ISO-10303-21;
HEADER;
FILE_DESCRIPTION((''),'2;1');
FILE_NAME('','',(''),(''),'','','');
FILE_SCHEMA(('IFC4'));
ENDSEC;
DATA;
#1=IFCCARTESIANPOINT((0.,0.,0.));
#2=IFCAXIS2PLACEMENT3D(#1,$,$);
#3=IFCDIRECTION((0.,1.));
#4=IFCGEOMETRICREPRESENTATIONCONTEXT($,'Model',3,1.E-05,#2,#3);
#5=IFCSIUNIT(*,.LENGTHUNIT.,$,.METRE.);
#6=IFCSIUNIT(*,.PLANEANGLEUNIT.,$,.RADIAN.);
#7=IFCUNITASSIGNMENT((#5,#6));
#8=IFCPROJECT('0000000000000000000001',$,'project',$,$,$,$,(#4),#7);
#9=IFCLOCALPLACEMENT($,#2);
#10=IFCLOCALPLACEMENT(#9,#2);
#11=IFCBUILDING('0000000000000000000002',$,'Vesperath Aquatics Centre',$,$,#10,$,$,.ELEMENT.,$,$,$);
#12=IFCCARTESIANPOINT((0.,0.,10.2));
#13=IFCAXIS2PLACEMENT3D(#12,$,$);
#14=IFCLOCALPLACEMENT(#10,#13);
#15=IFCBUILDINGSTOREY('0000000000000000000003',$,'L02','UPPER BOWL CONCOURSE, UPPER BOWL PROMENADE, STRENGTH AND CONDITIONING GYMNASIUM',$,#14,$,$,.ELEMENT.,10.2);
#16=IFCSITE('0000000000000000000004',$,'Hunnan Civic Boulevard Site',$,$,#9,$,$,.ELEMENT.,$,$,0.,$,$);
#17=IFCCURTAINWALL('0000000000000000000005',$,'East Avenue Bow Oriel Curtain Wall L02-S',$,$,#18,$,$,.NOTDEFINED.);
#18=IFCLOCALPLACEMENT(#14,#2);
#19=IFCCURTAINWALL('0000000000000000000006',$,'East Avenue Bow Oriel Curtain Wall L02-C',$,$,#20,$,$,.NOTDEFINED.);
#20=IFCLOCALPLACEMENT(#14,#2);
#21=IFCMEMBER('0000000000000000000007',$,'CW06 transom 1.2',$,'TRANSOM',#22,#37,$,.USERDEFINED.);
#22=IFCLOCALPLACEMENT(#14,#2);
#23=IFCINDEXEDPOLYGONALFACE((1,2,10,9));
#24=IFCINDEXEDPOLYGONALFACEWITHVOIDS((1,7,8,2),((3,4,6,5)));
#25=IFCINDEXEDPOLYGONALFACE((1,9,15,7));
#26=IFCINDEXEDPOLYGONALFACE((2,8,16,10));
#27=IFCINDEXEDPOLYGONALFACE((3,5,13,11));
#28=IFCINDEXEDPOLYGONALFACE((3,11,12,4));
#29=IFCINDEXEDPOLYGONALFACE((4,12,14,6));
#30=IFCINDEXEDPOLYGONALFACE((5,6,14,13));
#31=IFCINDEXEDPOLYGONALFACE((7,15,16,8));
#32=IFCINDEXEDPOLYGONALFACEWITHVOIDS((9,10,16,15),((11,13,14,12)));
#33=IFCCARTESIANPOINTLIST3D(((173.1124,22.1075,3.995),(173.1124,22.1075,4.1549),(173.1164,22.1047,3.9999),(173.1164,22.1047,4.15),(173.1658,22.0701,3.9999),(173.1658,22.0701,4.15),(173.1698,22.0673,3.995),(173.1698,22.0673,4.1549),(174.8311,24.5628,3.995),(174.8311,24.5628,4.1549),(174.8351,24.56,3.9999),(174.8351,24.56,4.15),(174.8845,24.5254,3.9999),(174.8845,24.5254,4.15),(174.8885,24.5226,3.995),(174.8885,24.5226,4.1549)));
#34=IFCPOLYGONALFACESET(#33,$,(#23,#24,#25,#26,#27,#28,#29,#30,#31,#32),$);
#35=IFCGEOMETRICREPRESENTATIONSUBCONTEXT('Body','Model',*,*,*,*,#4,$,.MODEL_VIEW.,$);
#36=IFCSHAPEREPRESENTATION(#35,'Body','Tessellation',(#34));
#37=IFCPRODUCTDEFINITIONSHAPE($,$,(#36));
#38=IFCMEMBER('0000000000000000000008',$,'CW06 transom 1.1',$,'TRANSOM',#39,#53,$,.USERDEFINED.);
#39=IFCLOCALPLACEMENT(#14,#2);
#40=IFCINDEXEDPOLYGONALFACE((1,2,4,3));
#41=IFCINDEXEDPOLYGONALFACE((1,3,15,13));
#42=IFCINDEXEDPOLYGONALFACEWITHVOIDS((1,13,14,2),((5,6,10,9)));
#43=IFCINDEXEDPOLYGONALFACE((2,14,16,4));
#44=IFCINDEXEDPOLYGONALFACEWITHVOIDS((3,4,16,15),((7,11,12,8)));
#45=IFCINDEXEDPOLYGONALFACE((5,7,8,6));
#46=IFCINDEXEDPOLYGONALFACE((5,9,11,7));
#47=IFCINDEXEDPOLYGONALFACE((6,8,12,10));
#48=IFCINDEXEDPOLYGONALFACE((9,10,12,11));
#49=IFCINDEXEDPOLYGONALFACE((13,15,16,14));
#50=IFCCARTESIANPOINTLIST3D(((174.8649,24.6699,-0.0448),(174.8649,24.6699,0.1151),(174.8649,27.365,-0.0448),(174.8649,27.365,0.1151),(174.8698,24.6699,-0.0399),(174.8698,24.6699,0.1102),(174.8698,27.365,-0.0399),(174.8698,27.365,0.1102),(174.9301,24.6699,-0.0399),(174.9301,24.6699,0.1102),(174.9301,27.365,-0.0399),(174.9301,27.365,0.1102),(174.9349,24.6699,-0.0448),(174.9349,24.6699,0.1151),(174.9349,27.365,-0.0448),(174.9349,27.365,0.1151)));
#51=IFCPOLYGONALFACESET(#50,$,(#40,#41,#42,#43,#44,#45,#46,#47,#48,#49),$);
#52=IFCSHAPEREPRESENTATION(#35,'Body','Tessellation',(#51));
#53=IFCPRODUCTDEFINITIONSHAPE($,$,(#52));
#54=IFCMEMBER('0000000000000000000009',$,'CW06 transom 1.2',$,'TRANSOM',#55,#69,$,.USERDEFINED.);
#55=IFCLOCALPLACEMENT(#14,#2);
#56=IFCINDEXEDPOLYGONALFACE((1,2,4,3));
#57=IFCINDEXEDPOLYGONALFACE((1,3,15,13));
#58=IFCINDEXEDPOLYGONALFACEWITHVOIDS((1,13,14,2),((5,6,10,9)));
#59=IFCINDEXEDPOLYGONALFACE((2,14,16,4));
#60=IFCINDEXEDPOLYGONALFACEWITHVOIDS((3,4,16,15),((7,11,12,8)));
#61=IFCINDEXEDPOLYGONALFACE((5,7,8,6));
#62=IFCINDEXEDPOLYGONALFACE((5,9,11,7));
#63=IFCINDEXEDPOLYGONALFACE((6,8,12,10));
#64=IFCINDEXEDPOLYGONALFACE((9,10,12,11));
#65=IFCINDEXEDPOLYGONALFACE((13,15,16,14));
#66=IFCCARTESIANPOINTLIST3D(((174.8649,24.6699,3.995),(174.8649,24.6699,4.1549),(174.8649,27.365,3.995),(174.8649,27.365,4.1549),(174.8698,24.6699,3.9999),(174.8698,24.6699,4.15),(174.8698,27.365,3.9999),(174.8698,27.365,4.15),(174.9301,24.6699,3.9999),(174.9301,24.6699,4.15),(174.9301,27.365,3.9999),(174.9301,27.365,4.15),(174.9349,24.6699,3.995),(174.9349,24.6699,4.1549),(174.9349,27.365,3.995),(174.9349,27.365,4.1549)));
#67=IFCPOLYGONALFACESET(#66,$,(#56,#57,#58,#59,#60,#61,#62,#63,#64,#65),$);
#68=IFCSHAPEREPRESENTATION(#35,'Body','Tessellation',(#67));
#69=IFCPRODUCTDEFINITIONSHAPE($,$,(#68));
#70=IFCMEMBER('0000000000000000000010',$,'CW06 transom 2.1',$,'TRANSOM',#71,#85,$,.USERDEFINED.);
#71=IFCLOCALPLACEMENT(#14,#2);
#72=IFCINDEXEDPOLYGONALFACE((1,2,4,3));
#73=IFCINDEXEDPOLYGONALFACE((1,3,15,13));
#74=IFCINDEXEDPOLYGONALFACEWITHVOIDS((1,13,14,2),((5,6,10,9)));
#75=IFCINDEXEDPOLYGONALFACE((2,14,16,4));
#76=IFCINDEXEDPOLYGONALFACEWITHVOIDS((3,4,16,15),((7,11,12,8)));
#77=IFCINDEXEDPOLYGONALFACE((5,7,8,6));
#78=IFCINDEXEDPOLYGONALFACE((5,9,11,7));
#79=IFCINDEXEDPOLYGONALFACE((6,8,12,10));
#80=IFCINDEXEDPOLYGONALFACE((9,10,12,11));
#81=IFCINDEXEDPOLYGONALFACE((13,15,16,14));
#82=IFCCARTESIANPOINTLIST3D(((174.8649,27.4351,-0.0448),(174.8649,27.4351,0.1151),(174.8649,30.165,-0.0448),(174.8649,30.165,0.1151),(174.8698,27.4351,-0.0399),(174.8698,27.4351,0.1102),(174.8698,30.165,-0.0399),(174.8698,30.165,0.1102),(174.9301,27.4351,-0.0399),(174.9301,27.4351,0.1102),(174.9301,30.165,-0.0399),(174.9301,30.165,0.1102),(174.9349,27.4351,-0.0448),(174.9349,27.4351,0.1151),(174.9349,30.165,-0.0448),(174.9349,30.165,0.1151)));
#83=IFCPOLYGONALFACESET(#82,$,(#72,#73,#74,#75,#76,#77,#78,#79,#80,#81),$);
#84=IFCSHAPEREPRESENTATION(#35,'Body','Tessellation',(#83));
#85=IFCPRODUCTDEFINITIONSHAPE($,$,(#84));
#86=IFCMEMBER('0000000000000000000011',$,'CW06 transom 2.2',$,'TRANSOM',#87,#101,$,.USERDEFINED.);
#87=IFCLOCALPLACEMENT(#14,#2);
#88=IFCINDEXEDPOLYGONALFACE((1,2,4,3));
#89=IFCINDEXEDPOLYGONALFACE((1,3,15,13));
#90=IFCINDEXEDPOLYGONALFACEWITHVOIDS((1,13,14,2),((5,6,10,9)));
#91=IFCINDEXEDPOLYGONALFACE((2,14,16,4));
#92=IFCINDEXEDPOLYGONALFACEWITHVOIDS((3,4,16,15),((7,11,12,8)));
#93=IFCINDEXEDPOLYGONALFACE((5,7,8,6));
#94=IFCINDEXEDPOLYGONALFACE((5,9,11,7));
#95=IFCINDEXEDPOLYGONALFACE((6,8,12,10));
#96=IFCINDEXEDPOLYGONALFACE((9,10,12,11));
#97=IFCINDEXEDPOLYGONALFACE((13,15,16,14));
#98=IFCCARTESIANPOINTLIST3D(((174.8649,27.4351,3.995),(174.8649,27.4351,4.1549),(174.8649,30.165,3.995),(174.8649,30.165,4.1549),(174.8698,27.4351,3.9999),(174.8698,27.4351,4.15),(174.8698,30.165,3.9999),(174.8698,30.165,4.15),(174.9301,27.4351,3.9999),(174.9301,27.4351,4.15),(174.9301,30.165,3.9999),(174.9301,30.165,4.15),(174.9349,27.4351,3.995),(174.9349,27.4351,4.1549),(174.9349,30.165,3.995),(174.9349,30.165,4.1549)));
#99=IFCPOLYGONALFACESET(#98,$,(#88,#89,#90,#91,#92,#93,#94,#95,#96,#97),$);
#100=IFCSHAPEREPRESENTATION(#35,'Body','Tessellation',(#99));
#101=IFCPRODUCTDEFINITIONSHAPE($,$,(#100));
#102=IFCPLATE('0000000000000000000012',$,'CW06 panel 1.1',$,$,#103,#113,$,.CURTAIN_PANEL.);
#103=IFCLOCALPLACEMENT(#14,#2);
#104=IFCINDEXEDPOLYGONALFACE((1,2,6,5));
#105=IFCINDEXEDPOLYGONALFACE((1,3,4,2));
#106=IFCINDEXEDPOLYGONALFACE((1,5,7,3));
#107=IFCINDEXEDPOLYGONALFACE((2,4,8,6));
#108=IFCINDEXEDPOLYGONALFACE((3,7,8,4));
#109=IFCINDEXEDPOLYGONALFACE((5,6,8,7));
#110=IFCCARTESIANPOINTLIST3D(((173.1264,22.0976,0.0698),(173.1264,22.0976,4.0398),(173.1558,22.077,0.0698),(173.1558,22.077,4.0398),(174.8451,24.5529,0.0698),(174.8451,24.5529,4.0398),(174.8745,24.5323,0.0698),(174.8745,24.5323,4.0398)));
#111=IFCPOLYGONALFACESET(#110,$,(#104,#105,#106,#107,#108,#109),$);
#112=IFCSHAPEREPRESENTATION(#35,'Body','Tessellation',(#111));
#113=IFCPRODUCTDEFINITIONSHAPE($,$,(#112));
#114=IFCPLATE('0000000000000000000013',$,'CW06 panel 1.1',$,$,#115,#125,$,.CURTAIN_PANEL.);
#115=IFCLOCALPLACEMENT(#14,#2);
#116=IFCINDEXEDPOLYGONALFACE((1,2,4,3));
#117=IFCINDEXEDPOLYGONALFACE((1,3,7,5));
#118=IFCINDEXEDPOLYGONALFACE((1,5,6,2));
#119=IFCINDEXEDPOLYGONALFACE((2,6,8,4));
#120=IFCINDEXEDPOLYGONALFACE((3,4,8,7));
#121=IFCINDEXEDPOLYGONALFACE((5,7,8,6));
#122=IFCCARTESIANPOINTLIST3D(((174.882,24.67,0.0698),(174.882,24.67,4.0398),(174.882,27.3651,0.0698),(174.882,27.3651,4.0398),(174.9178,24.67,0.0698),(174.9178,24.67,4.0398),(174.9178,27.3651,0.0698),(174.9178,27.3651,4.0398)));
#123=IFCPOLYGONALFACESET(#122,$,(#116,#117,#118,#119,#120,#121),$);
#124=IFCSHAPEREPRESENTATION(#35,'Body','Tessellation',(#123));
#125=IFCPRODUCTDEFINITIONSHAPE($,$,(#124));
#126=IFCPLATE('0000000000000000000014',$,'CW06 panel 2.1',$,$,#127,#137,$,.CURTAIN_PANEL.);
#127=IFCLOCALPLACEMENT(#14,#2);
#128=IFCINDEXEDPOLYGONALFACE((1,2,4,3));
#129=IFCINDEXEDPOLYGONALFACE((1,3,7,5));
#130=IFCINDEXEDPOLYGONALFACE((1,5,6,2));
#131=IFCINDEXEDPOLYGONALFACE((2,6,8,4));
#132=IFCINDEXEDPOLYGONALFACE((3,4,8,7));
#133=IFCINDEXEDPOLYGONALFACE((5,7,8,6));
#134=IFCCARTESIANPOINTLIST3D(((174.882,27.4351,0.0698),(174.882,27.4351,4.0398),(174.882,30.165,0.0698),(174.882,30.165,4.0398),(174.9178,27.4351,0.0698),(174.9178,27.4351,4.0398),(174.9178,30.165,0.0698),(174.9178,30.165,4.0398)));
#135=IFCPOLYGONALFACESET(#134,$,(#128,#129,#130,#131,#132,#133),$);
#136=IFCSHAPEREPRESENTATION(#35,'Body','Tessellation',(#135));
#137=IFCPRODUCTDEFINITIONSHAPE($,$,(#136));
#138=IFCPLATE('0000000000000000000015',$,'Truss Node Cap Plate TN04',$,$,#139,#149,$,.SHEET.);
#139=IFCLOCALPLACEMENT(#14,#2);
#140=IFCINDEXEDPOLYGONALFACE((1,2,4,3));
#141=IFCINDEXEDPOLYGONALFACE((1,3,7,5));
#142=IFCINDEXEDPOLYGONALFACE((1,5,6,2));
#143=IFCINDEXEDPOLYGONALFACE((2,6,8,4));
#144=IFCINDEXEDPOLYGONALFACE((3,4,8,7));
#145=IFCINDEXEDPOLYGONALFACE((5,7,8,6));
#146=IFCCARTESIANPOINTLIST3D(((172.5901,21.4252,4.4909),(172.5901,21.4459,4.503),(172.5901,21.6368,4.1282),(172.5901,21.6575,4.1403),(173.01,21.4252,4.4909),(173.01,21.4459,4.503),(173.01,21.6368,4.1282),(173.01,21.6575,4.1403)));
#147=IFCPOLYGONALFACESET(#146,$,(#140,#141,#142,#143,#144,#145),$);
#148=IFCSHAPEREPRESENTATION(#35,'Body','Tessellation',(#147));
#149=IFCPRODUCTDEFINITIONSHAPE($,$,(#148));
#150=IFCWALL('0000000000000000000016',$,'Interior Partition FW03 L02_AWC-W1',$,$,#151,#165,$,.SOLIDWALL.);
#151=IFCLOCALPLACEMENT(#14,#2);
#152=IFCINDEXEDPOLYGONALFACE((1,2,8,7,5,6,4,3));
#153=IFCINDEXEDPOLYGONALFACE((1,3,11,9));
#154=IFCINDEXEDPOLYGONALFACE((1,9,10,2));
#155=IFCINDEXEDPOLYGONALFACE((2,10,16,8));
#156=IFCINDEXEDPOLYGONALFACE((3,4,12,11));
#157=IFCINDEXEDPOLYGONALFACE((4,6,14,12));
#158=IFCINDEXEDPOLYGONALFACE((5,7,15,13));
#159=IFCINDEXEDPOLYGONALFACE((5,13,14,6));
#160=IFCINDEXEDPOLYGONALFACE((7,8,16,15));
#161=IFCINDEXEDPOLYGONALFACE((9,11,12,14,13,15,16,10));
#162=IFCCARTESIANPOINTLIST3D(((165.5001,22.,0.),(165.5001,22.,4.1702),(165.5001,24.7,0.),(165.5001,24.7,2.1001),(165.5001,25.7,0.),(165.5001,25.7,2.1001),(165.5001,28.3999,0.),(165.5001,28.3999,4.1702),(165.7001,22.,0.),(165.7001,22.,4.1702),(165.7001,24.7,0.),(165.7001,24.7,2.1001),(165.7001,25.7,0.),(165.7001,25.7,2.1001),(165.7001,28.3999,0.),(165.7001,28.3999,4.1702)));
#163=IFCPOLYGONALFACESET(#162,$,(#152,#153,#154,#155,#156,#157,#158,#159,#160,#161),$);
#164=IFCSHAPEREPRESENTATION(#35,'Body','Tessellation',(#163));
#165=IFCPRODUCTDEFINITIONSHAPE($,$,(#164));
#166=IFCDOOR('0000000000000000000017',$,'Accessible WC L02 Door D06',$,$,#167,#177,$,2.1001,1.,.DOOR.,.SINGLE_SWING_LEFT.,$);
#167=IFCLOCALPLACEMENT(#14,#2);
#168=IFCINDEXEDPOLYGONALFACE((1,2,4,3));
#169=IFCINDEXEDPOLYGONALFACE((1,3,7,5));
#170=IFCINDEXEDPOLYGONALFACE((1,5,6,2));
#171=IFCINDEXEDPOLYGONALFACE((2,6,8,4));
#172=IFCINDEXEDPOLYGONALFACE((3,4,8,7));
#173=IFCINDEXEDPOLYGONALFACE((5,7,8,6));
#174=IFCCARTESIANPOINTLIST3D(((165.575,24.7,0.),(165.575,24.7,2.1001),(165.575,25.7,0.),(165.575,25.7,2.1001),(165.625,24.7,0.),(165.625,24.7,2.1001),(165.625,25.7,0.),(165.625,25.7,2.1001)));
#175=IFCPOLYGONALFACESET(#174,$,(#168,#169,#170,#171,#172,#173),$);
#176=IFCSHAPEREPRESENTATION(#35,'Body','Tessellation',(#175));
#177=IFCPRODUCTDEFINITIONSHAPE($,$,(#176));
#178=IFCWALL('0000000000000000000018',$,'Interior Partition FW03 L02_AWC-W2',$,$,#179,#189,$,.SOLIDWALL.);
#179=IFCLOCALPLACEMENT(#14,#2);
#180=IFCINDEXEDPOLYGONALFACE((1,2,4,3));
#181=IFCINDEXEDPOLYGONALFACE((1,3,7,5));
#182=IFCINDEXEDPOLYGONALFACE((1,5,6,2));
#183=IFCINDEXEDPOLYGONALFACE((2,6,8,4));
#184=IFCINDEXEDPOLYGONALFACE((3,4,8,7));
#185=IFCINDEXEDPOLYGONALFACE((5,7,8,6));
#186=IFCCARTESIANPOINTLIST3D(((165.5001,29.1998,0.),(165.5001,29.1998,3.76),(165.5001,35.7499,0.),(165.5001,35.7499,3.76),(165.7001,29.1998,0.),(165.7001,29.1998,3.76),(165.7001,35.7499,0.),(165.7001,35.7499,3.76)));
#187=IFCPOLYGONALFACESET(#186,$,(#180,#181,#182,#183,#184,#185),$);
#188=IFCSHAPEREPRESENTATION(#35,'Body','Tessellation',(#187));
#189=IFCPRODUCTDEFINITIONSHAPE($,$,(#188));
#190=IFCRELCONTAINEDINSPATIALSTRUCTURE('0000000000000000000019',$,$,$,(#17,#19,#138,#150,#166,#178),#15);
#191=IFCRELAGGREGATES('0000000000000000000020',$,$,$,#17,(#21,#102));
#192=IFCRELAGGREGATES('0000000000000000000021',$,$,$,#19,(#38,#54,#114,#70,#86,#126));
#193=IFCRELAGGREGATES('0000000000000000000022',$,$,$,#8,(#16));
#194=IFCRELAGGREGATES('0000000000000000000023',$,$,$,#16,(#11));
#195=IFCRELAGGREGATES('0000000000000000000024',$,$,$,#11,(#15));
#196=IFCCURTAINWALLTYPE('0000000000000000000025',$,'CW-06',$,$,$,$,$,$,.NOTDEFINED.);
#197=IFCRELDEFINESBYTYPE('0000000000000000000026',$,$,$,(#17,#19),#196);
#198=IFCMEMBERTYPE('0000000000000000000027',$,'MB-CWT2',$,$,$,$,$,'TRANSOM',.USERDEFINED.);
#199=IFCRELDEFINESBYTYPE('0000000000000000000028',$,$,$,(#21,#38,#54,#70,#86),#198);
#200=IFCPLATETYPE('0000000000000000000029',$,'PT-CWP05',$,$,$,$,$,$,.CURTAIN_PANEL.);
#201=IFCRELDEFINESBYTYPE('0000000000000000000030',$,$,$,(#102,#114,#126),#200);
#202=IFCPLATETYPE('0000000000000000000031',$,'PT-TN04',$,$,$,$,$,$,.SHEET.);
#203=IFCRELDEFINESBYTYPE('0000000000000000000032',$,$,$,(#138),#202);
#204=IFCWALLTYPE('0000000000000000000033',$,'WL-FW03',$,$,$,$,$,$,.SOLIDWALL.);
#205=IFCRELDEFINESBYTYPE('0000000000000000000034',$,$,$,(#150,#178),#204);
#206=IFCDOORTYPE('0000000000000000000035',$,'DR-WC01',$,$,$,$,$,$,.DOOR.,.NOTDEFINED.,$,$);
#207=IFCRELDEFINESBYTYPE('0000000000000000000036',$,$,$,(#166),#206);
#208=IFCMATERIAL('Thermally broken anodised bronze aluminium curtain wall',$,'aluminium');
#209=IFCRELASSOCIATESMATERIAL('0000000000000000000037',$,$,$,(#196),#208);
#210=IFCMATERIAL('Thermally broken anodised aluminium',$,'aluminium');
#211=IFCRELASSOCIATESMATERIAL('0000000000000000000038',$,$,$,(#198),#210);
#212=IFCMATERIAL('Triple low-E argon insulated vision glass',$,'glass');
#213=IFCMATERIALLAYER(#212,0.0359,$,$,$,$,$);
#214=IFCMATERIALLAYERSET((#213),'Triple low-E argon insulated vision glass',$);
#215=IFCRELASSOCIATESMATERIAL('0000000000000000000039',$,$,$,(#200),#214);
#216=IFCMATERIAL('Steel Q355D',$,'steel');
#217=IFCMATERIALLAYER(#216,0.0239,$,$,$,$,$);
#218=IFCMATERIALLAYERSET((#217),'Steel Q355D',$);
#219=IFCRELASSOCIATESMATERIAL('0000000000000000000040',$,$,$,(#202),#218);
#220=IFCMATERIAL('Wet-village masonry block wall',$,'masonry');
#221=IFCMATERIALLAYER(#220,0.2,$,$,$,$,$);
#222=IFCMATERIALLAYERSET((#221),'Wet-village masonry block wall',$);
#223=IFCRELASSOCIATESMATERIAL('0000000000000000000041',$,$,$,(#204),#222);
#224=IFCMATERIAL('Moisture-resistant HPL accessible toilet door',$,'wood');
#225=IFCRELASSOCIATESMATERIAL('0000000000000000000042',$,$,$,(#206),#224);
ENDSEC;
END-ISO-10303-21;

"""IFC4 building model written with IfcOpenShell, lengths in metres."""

from ifc_helpers import new_model, si_unit, direction, frame, frame_2d, origin, origin_2d, place, context, subcontext, project, spatial, rectangle, hollow_rectangle, extrude, material, layer, layer_set, material_profile, profile_set, type_object, element, fill, aggregate, save


model = new_model("IFC4")

# Units and contexts
model_context = context("Model", 3, precision=1e-05, world=origin(), true_north=direction((0.0, 1.0)))
body_context = subcontext(model_context, "Body", "Model", "MODEL_VIEW")
ifc_project = project(units=[si_unit("LENGTHUNIT", "METRE"), si_unit("PLANEANGLEUNIT", "RADIAN")], contexts=[model_context])

# Site, building, storey
site_placement = place(None, origin())
site = spatial("IfcSite", under=ifc_project, at=site_placement, Name="Hunnan Civic Boulevard Site", CompositionType="ELEMENT", RefElevation=0.0)
building_placement = place(site_placement, origin())
building = spatial("IfcBuilding", under=site, at=building_placement, Name="Vesperath Aquatics Centre", CompositionType="ELEMENT")
storey_placement = place(building_placement, frame((0.0, 0.0, 10.2)))
storey = spatial("IfcBuildingStorey", under=building, at=storey_placement, Name="L02", Description="UPPER BOWL CONCOURSE, UPPER BOWL PROMENADE, STRENGTH AND CONDITIONING GYMNASIUM", CompositionType="ELEMENT", Elevation=10.2)

# Shared definitions
ifc_material_1 = material(Name="Steel Q355D", Category="steel")

# Curtain walls
ifc_material_2 = material(Name="Thermally broken anodised bronze aluminium curtain wall", Category="aluminium")
curtain_wall_type = type_object("IfcCurtainWallType", Name="CW-06", PredefinedType="NOTDEFINED", material=ifc_material_2)
curtain_wall_1_placement = place(storey_placement, origin())
curtain_wall_1 = element("IfcCurtainWall", 1, at=curtain_wall_1_placement, inside=storey, type_object=curtain_wall_type, Name="East Avenue Bow Oriel Curtain Wall L02-S", PredefinedType="NOTDEFINED")
ifc_material_3 = material(Name="Thermally broken anodised aluminium", Category="aluminium")
curtain_wall_2_placement = place(storey_placement, origin())
curtain_wall_2 = element("IfcCurtainWall", 2, at=curtain_wall_2_placement, inside=storey, type_object=curtain_wall_type, Name="East Avenue Bow Oriel Curtain Wall L02-C", PredefinedType="NOTDEFINED")

# Members
ifc_material_profile_1 = material_profile(ifc_material_3, hollow_rectangle(XDim=0.0701, YDim=0.1599, WallThickness=0.0049, at=origin_2d()), Name="CWT 70x160x5")
ifc_profile_set_1 = profile_set([ifc_material_profile_1], Name="Thermally broken anodised aluminium")
member_type_1 = type_object("IfcMemberType", Name="MB-CWT2", ElementType="TRANSOM", PredefinedType="USERDEFINED", material=ifc_profile_set_1)
member_1_placement = place(storey_placement, frame((173.1411, 22.0874, 4.075), z_axis=(0.573468, 0.819228, 0.0), x_axis=(-0.819228, 0.573468, 0.0)))
member_1 = element("IfcMember", 3, at=member_1_placement, type_object=member_type_1, Name="CW06 transom 1.2", ObjectType="TRANSOM", PredefinedType="USERDEFINED", context=body_context, shape_type="SweptSolid", body=[
    extrude(hollow_rectangle(XDim=0.0701, YDim=0.1599, WallThickness=0.0049, at=origin_2d()), origin(), (0.0, 0.0, 1.0), 2.9971),
])
member_2_placement = place(storey_placement, frame((174.8999, 24.6699, 0.0352), z_axis=(0.0, 1.0, 0.0), x_axis=(-1.0, 0.0, 0.0)))
member_2 = element("IfcMember", 4, at=member_2_placement, type_object=member_type_1, Name="CW06 transom 1.1", ObjectType="TRANSOM", PredefinedType="USERDEFINED", context=body_context, shape_type="SweptSolid", body=[
    extrude(hollow_rectangle(XDim=0.0701, YDim=0.1599, WallThickness=0.0049, at=origin_2d()), origin(), (0.0, 0.0, 1.0), 2.6951),
])
member_3_placement = place(storey_placement, frame((174.8999, 24.6699, 4.075), z_axis=(0.0, 1.0, 0.0), x_axis=(-1.0, 0.0, 0.0)))
member_3 = element("IfcMember", 5, at=member_3_placement, type_object=member_type_1, Name="CW06 transom 1.2", ObjectType="TRANSOM", PredefinedType="USERDEFINED", context=body_context, shape_type="SweptSolid", body=[
    extrude(hollow_rectangle(XDim=0.0701, YDim=0.1599, WallThickness=0.0049, at=origin_2d()), origin(), (0.0, 0.0, 1.0), 2.6951),
])
member_4_placement = place(storey_placement, frame((174.8999, 27.4351, 0.0352), z_axis=(0.0, 1.0, 0.0), x_axis=(-1.0, 0.0, 0.0)))
member_4 = element("IfcMember", 6, at=member_4_placement, type_object=member_type_1, Name="CW06 transom 2.1", ObjectType="TRANSOM", PredefinedType="USERDEFINED", context=body_context, shape_type="SweptSolid", body=[
    extrude(hollow_rectangle(XDim=0.0701, YDim=0.1599, WallThickness=0.0049, at=origin_2d()), origin(), (0.0, 0.0, 1.0), 2.73),
])
member_5_placement = place(storey_placement, frame((174.8999, 27.4351, 4.075), z_axis=(0.0, 1.0, 0.0), x_axis=(-1.0, 0.0, 0.0)))
member_5 = element("IfcMember", 7, at=member_5_placement, type_object=member_type_1, Name="CW06 transom 2.2", ObjectType="TRANSOM", PredefinedType="USERDEFINED", context=body_context, shape_type="SweptSolid", body=[
    extrude(hollow_rectangle(XDim=0.0701, YDim=0.1599, WallThickness=0.0049, at=origin_2d()), origin(), (0.0, 0.0, 1.0), 2.73),
])

# Plates
ifc_material_4 = material(Name="Triple low-E argon insulated vision glass", Category="glass")
ifc_layer_1 = layer(ifc_material_4, 0.0359)
ifc_layer_set_1 = layer_set([ifc_layer_1], Name="Triple low-E argon insulated vision glass")
plate_type_1 = type_object("IfcPlateType", Name="PT-CWP05", PredefinedType="CURTAIN_PANEL", material=ifc_layer_set_1)
plate_1_placement = place(storey_placement, frame((174.0005, 23.3149, 0.0698), z_axis=(0.0, 0.0, 1.0), x_axis=(0.573462, 0.819232, 0.0)))
plate_1 = element("IfcPlate", 8, at=plate_1_placement, type_object=plate_type_1, Name="CW06 panel 1.1", PredefinedType="CURTAIN_PANEL", context=body_context, shape_type="SweptSolid", body=[
    extrude(rectangle(XDim=2.9971, YDim=0.0359, at=origin_2d()), origin(), (0.0, 0.0, 1.0), 3.97),
])
aggregate(curtain_wall_1, [member_1, plate_1])
plate_2_placement = place(storey_placement, frame((174.8999, 26.0176, 0.0698), z_axis=(0.0, 0.0, 1.0), x_axis=(0.0, 1.0, 0.0)))
plate_2 = element("IfcPlate", 9, at=plate_2_placement, type_object=plate_type_1, Name="CW06 panel 1.1", PredefinedType="CURTAIN_PANEL", context=body_context, shape_type="SweptSolid", body=[
    extrude(rectangle(XDim=2.6951, YDim=0.0359, at=origin_2d()), origin(), (0.0, 0.0, 1.0), 3.97),
])
plate_3_placement = place(storey_placement, frame((174.8999, 28.8, 0.0698), z_axis=(0.0, 0.0, 1.0), x_axis=(0.0, 1.0, 0.0)))
plate_3 = element("IfcPlate", 10, at=plate_3_placement, type_object=plate_type_1, Name="CW06 panel 2.1", PredefinedType="CURTAIN_PANEL", context=body_context, shape_type="SweptSolid", body=[
    extrude(rectangle(XDim=2.73, YDim=0.0359, at=origin_2d()), origin(), (0.0, 0.0, 1.0), 3.97),
])
aggregate(curtain_wall_2, [member_2, member_3, plate_2, member_4, member_5, plate_3])
ifc_layer_2 = layer(ifc_material_1, 0.0239)
ifc_layer_set_2 = layer_set([ifc_layer_2], Name="Steel Q355D")
plate_type_2 = type_object("IfcPlateType", Name="PT-TN04", PredefinedType="SHEET", material=ifc_layer_set_2)
plate_4_placement = place(storey_placement, frame((172.8, 21.531, 4.3096), z_axis=(0.0, 0.863779, 0.503871), x_axis=(-1.0, 0.0, 0.0)))
element("IfcPlate", 11, at=plate_4_placement, inside=storey, type_object=plate_type_2, Name="Truss Node Cap Plate TN04", PredefinedType="SHEET", context=body_context, shape_type="SweptSolid", body=[
    extrude(rectangle(XDim=0.4199, YDim=0.4199, at=origin_2d()), origin(), (0.0, 0.0, 1.0), 0.0239),
])

# Wall, opening, door
ifc_material_5 = material(Name="Wet-village masonry block wall", Category="masonry")
ifc_layer_3 = layer(ifc_material_5, 0.2)
ifc_layer_set_3 = layer_set([ifc_layer_3], Name="Wet-village masonry block wall")
wall_type_1 = type_object("IfcWallType", Name="WL-FW03", PredefinedType="SOLIDWALL", material=ifc_layer_set_3)
wall_1_placement = place(storey_placement, frame((165.6001, 22.0, 0.0), z_axis=(0.0, 0.0, 1.0), x_axis=(0.0, 1.0, 0.0)))
wall_1 = element("IfcWall", 12, at=wall_1_placement, inside=storey, type_object=wall_type_1, Name="Interior Partition FW03 L02_AWC-W1", PredefinedType="SOLIDWALL", context=body_context, shape_type="SweptSolid", body=[
    extrude(rectangle(XDim=6.3999, YDim=0.2, at=frame_2d((3.2, 0.0))), origin(), (0.0, 0.0, 1.0), 4.1702),
])
opening_placement = place(wall_1_placement, frame((2.7, 0.0, 0.0)))
opening = element("IfcOpeningElement", 13, at=opening_placement, cuts=wall_1, PredefinedType="OPENING", context=body_context, shape_type="SweptSolid", body=[
    extrude(rectangle(XDim=1.0, YDim=2.1001, at=frame_2d((0.5, 1.05))), frame((0.0, 0.1147, 0.0), z_axis=(0.0, -1.0, 0.0), x_axis=(1.0, 0.0, 0.0)), (0.0, 0.0, 1.0), 0.2297),
])
ifc_material_6 = material(Name="Moisture-resistant HPL accessible toilet door", Category="wood")
door_type = type_object("IfcDoorType", Name="DR-WC01", OperationType="NOTDEFINED", PredefinedType="DOOR", material=ifc_material_6)
door_placement = place(opening_placement, frame((1.0, 0.0, 0.0), z_axis=(0.0, 0.0, 1.0), x_axis=(-1.0, 0.0, 0.0)))
door = element("IfcDoor", 14, at=door_placement, inside=storey, type_object=door_type, Name="Accessible WC L02 Door D06", OperationType="SINGLE_SWING_LEFT", OverallHeight=2.1001, OverallWidth=1.0, PredefinedType="DOOR", context=body_context, shape_type="SweptSolid", body=[
    extrude(rectangle(XDim=1.0, YDim=2.1001, at=frame_2d((0.5, 1.05))), frame((0.0, 0.0249, 0.0), z_axis=(0.0, -1.0, 0.0), x_axis=(1.0, 0.0, 0.0)), (0.0, 0.0, 1.0), 0.05),
])
fill(opening, door)

# Wall
wall_2_placement = place(storey_placement, frame((165.6001, 29.2, 0.0), z_axis=(0.0, 0.0, 1.0), x_axis=(0.0, 1.0, 0.0)))
element("IfcWall", 15, at=wall_2_placement, inside=storey, type_object=wall_type_1, Name="Interior Partition FW03 L02_AWC-W2", PredefinedType="SOLIDWALL", context=body_context, shape_type="SweptSolid", body=[
    extrude(rectangle(XDim=6.55, YDim=0.2, at=frame_2d((3.2749, 0.0))), origin(), (0.0, 0.0, 1.0), 3.76),
])

save(model, "model.ifc")
